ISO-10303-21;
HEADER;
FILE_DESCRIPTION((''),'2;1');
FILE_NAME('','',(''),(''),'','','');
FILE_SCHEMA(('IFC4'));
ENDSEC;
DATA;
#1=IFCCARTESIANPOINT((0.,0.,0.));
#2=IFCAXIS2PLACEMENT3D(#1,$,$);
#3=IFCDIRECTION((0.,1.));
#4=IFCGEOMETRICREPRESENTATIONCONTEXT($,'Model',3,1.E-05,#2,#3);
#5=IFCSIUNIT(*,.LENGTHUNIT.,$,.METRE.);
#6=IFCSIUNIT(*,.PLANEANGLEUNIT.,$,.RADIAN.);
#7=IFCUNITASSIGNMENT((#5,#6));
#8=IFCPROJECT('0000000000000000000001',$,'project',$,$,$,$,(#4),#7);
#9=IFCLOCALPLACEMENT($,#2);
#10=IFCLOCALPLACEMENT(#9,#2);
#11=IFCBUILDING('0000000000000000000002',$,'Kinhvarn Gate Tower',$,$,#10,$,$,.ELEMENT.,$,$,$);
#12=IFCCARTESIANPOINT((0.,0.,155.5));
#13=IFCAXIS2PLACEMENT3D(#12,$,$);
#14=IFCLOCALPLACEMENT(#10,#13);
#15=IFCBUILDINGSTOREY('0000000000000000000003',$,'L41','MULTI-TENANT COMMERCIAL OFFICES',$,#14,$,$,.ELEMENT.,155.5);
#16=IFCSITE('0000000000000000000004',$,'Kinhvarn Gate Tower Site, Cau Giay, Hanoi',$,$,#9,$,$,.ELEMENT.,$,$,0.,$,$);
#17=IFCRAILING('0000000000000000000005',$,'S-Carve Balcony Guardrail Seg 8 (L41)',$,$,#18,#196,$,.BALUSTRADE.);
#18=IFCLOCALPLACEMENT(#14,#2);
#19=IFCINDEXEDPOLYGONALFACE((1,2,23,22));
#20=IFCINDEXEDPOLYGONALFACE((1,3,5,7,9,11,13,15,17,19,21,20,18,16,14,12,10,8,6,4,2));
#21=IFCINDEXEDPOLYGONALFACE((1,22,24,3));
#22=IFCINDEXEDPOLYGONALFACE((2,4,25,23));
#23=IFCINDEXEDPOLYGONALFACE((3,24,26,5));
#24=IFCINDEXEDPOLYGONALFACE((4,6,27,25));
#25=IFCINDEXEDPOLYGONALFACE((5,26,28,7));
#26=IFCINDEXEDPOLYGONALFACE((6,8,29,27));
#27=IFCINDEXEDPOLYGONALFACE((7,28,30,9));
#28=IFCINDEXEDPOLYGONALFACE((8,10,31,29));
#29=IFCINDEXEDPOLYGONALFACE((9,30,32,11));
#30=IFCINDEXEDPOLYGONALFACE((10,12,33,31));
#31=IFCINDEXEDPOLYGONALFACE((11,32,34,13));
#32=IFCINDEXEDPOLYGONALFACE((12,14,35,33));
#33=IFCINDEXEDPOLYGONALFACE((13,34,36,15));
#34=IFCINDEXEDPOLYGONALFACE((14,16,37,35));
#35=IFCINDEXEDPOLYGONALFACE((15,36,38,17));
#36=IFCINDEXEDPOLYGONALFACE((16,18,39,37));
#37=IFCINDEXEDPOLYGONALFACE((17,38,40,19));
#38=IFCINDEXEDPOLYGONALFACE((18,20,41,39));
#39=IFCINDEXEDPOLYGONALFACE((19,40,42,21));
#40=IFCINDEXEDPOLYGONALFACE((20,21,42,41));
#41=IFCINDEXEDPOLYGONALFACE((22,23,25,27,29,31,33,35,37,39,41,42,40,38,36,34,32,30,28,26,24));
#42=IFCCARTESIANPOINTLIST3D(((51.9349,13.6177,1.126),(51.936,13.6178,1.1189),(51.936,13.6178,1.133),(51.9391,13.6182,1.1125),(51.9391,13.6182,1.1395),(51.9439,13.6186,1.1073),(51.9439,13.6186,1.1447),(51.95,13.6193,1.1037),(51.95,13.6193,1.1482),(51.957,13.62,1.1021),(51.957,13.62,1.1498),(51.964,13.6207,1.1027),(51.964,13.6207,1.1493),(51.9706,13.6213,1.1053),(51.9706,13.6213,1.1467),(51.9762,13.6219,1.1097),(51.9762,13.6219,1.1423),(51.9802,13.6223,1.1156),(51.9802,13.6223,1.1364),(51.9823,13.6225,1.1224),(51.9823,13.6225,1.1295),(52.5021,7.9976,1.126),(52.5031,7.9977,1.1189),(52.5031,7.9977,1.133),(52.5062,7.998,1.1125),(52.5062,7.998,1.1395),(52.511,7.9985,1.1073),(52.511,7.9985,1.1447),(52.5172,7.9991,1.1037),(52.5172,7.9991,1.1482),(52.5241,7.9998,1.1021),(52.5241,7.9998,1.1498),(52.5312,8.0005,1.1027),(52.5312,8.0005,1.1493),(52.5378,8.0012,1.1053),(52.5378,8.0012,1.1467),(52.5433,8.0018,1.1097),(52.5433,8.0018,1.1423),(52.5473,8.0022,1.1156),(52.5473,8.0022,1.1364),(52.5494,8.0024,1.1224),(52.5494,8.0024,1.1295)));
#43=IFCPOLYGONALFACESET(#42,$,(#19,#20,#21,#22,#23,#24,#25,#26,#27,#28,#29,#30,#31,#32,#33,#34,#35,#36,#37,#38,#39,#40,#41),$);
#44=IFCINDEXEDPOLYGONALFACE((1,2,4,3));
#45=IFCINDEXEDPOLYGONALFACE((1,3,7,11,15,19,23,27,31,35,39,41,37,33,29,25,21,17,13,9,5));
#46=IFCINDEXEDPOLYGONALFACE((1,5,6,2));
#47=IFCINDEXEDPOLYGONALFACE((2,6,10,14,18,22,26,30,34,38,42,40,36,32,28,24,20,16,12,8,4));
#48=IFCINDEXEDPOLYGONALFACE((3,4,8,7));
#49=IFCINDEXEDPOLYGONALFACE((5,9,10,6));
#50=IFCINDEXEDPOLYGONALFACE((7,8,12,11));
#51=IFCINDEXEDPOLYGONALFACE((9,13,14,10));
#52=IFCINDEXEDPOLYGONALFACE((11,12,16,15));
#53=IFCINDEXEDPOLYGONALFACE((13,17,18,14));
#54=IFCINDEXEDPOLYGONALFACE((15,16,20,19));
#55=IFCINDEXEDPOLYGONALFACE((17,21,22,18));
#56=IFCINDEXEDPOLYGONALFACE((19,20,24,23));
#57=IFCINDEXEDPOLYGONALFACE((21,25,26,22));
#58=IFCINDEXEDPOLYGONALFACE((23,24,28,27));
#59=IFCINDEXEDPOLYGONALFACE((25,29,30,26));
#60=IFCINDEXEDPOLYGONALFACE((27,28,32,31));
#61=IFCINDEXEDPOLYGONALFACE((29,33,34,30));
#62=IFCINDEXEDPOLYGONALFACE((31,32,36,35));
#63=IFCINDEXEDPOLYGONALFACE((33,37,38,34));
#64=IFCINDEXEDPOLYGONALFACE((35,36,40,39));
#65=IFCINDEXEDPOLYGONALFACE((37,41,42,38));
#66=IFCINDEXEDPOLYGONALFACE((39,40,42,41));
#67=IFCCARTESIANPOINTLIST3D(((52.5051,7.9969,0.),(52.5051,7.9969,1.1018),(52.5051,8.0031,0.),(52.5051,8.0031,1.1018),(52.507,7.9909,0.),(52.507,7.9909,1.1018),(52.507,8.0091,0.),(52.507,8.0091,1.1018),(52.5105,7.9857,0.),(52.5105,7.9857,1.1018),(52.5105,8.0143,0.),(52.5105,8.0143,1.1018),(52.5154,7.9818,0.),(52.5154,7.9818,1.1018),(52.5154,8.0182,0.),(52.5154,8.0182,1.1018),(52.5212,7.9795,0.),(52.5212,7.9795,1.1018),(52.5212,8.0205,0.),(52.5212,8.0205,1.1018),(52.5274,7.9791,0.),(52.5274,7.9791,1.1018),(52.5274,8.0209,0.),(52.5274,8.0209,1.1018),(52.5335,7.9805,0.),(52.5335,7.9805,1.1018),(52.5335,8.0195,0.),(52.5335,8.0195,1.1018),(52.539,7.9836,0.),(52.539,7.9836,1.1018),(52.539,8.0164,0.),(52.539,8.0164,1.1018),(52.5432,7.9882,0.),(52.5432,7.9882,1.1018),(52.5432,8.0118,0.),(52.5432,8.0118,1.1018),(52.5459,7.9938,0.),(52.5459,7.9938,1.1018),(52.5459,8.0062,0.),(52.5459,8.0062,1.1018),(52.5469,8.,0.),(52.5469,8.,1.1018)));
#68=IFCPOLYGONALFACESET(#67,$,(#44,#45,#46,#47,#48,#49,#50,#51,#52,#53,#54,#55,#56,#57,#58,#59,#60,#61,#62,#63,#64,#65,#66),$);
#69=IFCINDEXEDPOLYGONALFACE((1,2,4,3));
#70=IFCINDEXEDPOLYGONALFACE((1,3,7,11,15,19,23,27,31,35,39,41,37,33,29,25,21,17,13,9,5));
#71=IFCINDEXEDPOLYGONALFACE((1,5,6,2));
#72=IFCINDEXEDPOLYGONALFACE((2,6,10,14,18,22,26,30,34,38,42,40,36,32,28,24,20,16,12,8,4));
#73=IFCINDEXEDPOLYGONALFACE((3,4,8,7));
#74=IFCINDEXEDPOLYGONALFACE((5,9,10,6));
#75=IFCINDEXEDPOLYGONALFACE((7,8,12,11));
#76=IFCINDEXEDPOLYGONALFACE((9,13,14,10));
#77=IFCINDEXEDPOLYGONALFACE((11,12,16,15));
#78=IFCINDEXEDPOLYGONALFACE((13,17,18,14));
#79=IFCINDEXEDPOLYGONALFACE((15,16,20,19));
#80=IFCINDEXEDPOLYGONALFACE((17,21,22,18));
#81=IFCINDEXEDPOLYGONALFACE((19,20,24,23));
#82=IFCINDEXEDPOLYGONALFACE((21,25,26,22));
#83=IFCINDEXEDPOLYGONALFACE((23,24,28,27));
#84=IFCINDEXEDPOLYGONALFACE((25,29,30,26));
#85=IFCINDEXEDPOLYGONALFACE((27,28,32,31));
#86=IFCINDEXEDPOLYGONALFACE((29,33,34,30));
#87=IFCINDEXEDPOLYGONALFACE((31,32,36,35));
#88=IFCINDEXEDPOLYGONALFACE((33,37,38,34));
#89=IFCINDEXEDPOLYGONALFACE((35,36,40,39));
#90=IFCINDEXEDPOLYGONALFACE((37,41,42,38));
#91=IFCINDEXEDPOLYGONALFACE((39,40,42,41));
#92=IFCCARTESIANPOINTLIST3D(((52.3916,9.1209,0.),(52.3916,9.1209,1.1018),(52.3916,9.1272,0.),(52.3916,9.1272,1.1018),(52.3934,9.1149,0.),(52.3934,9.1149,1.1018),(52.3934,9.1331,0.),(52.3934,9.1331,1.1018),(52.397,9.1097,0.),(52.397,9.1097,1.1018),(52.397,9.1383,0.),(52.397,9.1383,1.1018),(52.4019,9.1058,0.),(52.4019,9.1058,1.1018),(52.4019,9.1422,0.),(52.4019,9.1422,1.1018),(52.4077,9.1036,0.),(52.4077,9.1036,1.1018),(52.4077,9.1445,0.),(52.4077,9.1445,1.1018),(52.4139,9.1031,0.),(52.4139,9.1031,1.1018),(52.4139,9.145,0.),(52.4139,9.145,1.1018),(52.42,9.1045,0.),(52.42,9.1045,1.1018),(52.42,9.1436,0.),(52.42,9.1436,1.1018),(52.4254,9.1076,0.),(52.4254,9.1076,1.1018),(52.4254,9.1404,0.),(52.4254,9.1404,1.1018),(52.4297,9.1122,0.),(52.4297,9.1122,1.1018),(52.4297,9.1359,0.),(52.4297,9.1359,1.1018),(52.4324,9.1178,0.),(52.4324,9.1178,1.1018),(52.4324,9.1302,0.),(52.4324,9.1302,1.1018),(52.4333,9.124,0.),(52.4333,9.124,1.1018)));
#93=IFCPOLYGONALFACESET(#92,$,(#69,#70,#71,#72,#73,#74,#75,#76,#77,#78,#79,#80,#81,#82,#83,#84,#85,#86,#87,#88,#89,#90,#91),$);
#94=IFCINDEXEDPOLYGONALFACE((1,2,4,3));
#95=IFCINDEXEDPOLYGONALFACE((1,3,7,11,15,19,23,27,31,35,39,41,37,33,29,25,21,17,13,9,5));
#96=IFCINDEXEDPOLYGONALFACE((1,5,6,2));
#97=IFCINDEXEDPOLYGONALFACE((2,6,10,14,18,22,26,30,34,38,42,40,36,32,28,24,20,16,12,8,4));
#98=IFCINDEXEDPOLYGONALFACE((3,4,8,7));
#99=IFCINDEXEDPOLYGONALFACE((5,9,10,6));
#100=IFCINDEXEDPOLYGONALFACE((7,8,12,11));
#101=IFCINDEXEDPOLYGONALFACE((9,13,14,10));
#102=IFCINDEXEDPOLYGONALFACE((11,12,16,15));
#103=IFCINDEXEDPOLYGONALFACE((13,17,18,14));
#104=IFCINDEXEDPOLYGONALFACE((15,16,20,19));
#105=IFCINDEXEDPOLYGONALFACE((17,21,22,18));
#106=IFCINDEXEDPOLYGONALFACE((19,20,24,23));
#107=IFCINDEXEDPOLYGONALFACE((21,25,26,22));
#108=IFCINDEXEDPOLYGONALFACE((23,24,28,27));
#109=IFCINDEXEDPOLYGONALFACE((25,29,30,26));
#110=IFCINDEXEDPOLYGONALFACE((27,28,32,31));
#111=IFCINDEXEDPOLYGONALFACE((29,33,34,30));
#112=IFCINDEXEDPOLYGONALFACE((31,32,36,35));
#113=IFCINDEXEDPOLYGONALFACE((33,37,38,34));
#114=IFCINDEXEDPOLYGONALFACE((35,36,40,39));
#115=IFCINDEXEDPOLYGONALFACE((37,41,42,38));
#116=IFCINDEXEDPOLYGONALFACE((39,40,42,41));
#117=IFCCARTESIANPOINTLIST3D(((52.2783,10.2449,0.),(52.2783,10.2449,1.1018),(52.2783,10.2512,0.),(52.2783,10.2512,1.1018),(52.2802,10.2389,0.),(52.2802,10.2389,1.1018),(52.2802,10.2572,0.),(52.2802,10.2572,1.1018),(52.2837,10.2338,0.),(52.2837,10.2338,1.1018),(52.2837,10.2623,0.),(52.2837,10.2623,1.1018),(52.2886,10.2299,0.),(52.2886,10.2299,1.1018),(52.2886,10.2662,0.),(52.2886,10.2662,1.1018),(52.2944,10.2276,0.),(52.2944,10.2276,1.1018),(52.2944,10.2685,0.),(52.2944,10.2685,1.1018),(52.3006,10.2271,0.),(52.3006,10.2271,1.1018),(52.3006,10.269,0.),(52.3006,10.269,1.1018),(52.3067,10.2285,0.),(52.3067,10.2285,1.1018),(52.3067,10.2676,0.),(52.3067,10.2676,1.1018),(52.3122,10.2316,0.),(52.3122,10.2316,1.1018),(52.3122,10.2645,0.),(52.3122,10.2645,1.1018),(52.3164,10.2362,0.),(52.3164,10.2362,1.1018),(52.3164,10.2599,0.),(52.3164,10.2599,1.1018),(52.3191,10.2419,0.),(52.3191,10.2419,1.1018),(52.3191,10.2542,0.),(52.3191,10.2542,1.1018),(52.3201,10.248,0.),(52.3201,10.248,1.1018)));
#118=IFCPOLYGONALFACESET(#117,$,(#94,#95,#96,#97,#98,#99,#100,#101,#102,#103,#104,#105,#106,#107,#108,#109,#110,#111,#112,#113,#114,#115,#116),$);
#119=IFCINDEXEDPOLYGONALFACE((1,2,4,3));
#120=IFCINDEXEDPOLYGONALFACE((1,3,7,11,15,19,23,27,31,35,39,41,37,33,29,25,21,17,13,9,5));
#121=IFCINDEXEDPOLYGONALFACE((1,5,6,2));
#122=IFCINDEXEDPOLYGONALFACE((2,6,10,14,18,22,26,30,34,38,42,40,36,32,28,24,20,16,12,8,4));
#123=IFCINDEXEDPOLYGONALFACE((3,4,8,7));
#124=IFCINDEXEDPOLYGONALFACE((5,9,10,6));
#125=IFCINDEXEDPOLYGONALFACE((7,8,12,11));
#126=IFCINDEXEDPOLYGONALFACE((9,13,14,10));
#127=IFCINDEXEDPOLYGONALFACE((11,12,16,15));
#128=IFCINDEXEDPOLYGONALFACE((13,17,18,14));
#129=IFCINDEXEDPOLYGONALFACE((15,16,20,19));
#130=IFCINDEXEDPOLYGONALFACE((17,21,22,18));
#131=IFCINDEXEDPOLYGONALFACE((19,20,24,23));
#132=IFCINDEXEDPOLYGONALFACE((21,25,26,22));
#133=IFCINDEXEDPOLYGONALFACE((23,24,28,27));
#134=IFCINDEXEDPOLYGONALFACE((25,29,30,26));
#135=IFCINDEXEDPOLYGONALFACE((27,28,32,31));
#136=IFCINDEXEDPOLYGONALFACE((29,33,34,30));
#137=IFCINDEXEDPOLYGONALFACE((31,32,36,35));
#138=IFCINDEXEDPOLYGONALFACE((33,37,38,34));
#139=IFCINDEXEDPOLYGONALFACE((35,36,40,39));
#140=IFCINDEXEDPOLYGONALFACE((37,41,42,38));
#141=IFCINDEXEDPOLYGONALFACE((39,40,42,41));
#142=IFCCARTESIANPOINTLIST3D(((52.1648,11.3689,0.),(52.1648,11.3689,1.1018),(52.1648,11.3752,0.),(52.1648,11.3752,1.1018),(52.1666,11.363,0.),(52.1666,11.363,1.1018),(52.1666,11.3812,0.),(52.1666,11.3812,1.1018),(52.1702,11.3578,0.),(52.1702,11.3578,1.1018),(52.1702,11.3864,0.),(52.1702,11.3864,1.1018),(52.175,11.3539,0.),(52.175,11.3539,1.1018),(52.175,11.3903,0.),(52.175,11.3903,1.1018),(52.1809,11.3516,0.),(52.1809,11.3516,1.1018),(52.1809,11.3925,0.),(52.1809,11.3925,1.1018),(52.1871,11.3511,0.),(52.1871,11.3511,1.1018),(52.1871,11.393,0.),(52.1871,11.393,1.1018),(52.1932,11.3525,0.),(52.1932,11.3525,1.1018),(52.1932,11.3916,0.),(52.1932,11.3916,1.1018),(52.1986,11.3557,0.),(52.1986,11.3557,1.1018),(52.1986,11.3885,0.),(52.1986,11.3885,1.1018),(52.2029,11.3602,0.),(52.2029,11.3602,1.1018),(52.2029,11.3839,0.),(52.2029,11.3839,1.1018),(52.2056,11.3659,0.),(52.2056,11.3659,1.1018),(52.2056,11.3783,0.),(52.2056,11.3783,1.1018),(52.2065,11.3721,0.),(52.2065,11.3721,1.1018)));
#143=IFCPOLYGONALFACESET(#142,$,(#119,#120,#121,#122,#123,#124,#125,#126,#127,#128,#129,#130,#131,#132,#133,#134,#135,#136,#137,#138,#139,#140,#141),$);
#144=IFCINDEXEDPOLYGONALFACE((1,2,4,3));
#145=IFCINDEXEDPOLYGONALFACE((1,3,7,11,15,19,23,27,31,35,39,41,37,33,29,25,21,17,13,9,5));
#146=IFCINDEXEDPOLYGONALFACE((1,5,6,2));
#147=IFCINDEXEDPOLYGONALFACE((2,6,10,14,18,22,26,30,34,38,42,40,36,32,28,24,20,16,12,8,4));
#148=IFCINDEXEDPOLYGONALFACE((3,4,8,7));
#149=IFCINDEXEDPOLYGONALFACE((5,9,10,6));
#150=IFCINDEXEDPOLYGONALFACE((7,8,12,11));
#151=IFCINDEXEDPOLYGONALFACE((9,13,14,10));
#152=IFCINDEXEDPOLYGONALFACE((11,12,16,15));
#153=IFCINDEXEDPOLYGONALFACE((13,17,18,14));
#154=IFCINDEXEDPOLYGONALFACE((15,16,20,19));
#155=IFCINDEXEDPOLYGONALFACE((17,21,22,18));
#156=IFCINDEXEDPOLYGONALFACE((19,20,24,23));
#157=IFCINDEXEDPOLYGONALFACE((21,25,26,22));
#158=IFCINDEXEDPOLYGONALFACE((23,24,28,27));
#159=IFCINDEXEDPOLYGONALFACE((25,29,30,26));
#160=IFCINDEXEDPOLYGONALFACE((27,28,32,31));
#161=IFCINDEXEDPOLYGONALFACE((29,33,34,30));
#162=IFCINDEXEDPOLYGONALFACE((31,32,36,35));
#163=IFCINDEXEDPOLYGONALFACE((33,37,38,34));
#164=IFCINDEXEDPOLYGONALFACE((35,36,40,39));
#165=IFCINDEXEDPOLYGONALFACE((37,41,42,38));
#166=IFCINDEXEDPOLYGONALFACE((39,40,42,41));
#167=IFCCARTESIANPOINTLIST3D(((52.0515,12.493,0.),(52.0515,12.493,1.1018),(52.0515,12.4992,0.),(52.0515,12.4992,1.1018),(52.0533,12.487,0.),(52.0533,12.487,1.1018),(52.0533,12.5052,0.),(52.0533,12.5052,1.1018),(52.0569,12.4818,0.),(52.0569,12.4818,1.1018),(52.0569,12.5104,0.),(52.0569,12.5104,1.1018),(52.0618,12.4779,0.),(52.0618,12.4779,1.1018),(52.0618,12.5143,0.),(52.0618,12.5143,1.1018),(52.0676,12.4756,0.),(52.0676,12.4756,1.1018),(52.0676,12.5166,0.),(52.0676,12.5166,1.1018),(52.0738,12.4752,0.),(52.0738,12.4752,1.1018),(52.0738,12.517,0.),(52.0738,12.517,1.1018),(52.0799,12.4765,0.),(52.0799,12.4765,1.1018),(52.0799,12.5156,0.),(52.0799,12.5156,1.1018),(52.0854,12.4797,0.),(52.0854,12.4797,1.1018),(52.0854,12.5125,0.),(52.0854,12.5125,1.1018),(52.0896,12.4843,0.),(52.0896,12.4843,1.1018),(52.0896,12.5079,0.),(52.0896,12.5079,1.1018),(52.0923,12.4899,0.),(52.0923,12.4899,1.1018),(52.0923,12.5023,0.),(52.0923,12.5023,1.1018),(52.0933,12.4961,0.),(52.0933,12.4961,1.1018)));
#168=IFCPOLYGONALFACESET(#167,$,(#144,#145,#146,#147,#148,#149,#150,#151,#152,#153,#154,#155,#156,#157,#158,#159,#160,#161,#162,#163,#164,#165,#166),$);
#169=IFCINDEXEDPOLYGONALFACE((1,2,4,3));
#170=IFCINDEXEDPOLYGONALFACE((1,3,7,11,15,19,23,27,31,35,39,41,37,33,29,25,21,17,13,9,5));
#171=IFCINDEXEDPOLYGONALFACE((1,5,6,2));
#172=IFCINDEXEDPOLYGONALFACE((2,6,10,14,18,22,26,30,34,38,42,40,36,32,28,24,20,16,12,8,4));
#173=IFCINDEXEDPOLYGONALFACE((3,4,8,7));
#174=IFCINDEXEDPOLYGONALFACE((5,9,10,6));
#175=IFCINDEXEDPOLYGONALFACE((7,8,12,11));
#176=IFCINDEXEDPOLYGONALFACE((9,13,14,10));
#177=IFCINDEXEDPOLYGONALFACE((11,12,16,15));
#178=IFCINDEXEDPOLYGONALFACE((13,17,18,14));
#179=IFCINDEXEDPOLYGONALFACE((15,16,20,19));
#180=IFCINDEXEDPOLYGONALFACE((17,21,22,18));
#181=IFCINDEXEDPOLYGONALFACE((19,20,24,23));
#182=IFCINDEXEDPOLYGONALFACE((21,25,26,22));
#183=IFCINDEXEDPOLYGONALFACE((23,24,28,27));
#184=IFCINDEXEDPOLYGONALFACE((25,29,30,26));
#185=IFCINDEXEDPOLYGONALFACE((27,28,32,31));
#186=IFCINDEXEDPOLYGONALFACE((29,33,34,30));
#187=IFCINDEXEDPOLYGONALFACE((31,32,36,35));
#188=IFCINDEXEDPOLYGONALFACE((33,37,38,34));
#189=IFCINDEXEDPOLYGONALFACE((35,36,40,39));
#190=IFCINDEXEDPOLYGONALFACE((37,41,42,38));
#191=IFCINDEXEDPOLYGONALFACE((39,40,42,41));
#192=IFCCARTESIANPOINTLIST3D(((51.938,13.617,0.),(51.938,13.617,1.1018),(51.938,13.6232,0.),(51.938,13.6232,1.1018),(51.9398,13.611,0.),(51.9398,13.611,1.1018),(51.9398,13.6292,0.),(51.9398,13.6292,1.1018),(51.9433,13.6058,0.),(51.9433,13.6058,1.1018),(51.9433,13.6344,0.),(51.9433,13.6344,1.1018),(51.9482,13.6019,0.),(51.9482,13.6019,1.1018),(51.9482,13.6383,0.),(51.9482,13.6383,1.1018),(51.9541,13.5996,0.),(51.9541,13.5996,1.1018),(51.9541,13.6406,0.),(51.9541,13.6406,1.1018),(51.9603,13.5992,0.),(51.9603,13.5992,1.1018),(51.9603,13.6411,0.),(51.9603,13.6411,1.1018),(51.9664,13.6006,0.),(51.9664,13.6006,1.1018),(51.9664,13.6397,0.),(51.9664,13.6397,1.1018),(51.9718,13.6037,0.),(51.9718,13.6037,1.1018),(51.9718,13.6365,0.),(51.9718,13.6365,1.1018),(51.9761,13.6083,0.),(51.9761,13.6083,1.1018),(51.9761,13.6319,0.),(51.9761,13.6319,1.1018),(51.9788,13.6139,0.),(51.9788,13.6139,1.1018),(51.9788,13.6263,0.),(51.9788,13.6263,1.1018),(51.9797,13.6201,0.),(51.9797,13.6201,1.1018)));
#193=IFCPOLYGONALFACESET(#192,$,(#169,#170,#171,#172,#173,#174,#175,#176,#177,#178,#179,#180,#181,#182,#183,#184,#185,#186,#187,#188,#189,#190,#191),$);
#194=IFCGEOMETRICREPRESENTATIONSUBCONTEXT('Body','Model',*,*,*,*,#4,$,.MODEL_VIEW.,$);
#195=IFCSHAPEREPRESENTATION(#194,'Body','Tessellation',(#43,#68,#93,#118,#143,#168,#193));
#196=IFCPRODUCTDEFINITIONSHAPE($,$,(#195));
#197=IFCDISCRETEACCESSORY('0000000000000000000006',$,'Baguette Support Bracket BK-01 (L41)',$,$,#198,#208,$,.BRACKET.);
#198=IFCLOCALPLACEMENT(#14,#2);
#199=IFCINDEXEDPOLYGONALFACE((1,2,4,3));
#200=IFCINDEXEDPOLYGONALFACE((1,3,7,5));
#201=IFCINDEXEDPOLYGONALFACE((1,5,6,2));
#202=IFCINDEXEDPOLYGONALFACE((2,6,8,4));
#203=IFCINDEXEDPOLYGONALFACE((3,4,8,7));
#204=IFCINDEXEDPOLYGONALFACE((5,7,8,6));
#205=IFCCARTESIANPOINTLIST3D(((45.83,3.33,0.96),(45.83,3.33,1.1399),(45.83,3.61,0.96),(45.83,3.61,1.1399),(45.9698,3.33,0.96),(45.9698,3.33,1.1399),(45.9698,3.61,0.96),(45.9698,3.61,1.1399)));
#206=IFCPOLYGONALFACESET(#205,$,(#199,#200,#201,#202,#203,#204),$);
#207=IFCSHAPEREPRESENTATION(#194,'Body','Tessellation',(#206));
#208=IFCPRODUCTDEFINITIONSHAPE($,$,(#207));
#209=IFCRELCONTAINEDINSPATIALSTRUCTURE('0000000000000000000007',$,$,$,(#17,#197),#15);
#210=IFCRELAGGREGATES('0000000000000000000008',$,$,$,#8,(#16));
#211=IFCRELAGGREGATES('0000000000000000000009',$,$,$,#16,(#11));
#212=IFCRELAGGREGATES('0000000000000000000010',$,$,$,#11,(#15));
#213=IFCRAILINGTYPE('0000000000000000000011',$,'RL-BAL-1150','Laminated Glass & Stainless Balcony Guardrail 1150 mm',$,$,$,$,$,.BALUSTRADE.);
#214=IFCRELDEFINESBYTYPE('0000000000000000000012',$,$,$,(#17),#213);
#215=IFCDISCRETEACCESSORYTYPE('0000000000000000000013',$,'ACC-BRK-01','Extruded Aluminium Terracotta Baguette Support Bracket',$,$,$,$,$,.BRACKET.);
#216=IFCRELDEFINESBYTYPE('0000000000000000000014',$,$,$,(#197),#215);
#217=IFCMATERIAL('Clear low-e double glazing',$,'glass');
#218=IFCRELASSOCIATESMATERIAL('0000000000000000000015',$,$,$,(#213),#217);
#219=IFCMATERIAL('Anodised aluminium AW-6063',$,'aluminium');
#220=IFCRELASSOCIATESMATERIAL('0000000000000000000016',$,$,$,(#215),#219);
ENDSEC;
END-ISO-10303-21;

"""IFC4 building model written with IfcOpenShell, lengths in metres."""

from ifc_helpers import new_model, si_unit, direction, frame, origin, origin_2d, place, context, subcontext, project, spatial, rectangle, circle, extrude, material, type_object, element, save


model = new_model("IFC4")

# Units and contexts
model_context = context("Model", 3, precision=1e-05, world=origin(), true_north=direction((0.0, 1.0)))
body_context = subcontext(model_context, "Body", "Model", "MODEL_VIEW")
ifc_project = project(units=[si_unit("LENGTHUNIT", "METRE"), si_unit("PLANEANGLEUNIT", "RADIAN")], contexts=[model_context])

# Site, building, storey
site_placement = place(None, origin())
site = spatial("IfcSite", under=ifc_project, at=site_placement, Name="Kinhvarn Gate Tower Site, Cau Giay, Hanoi", CompositionType="ELEMENT", RefElevation=0.0)
building_placement = place(site_placement, origin())
building = spatial("IfcBuilding", under=site, at=building_placement, Name="Kinhvarn Gate Tower", CompositionType="ELEMENT")
storey_placement = place(building_placement, frame((0.0, 0.0, 155.5)))
storey = spatial("IfcBuildingStorey", under=building, at=storey_placement, Name="L41", Description="MULTI-TENANT COMMERCIAL OFFICES", CompositionType="ELEMENT", Elevation=155.5)

# Shared definitions
ifc_material_1 = material(Name="Anodised aluminium AW-6063", Category="aluminium")

# Shared definitions
ifc_material_2 = material(Name="Clear low-e double glazing", Category="glass")

# Railing
railing_type = type_object("IfcRailingType", Name="RL-BAL-1150", Description="Laminated Glass & Stainless Balcony Guardrail 1150 mm", PredefinedType="BALUSTRADE", material=ifc_material_2)
railing_1_placement = place(storey_placement, frame((52.5259, 8.0, 0.0)))
element("IfcRailing", 1, at=railing_1_placement, inside=storey, type_object=railing_type, Name="S-Carve Balcony Guardrail Seg 8 (L41)", PredefinedType="BALUSTRADE", context=body_context, shape_type="SweptSolid", body=[
    extrude(circle(Radius=0.0239, at=origin_2d()), frame((0.0, 0.0, 1.126), z_axis=(-0.100402, 0.994947, 0.0), x_axis=(-0.994947, -0.100402, 0.0)), (0.0, 0.0, 1.0), 5.6487),
    extrude(circle(Radius=0.021, at=origin_2d()), origin(), (0.0, 0.0, 1.0), 1.1018),
    extrude(circle(Radius=0.021, at=origin_2d()), frame((-0.1135, 1.124, 0.0)), (0.0, 0.0, 1.0), 1.1018),
    extrude(circle(Radius=0.021, at=origin_2d()), frame((-0.2268, 2.248, 0.0)), (0.0, 0.0, 1.0), 1.1018),
    extrude(circle(Radius=0.021, at=origin_2d()), frame((-0.3403, 3.3721, 0.0)), (0.0, 0.0, 1.0), 1.1018),
    extrude(circle(Radius=0.021, at=origin_2d()), frame((-0.4536, 4.4961, 0.0)), (0.0, 0.0, 1.0), 1.1018),
    extrude(circle(Radius=0.021, at=origin_2d()), frame((-0.5671, 5.6201, 0.0)), (0.0, 0.0, 1.0), 1.1018),
])

# Discrete accessory
discrete_accessory_type = type_object("IfcDiscreteAccessoryType", Name="ACC-BRK-01", Description="Extruded Aluminium Terracotta Baguette Support Bracket", PredefinedType="BRACKET", material=ifc_material_1)
for number, where, z_axis, x_axis, name in (
    (2, (45.8999, 3.47, 0.96), (0.0, 0.0, 1.0), (1.0, 0.0, 0.0), "Baguette Support Bracket BK-01 (L41)"),
):
    element("IfcDiscreteAccessory", number, at=place(storey_placement, frame(where, z_axis=z_axis, x_axis=x_axis)), inside=storey, type_object=discrete_accessory_type, Name=name, PredefinedType="BRACKET", context=body_context, shape_type="SweptSolid", body=[
        extrude(rectangle(XDim=0.1399, YDim=0.28, at=origin_2d()), origin(), (0.0, 0.0, 1.0), 0.1799),
    ])

save(model, "model.ifc")
